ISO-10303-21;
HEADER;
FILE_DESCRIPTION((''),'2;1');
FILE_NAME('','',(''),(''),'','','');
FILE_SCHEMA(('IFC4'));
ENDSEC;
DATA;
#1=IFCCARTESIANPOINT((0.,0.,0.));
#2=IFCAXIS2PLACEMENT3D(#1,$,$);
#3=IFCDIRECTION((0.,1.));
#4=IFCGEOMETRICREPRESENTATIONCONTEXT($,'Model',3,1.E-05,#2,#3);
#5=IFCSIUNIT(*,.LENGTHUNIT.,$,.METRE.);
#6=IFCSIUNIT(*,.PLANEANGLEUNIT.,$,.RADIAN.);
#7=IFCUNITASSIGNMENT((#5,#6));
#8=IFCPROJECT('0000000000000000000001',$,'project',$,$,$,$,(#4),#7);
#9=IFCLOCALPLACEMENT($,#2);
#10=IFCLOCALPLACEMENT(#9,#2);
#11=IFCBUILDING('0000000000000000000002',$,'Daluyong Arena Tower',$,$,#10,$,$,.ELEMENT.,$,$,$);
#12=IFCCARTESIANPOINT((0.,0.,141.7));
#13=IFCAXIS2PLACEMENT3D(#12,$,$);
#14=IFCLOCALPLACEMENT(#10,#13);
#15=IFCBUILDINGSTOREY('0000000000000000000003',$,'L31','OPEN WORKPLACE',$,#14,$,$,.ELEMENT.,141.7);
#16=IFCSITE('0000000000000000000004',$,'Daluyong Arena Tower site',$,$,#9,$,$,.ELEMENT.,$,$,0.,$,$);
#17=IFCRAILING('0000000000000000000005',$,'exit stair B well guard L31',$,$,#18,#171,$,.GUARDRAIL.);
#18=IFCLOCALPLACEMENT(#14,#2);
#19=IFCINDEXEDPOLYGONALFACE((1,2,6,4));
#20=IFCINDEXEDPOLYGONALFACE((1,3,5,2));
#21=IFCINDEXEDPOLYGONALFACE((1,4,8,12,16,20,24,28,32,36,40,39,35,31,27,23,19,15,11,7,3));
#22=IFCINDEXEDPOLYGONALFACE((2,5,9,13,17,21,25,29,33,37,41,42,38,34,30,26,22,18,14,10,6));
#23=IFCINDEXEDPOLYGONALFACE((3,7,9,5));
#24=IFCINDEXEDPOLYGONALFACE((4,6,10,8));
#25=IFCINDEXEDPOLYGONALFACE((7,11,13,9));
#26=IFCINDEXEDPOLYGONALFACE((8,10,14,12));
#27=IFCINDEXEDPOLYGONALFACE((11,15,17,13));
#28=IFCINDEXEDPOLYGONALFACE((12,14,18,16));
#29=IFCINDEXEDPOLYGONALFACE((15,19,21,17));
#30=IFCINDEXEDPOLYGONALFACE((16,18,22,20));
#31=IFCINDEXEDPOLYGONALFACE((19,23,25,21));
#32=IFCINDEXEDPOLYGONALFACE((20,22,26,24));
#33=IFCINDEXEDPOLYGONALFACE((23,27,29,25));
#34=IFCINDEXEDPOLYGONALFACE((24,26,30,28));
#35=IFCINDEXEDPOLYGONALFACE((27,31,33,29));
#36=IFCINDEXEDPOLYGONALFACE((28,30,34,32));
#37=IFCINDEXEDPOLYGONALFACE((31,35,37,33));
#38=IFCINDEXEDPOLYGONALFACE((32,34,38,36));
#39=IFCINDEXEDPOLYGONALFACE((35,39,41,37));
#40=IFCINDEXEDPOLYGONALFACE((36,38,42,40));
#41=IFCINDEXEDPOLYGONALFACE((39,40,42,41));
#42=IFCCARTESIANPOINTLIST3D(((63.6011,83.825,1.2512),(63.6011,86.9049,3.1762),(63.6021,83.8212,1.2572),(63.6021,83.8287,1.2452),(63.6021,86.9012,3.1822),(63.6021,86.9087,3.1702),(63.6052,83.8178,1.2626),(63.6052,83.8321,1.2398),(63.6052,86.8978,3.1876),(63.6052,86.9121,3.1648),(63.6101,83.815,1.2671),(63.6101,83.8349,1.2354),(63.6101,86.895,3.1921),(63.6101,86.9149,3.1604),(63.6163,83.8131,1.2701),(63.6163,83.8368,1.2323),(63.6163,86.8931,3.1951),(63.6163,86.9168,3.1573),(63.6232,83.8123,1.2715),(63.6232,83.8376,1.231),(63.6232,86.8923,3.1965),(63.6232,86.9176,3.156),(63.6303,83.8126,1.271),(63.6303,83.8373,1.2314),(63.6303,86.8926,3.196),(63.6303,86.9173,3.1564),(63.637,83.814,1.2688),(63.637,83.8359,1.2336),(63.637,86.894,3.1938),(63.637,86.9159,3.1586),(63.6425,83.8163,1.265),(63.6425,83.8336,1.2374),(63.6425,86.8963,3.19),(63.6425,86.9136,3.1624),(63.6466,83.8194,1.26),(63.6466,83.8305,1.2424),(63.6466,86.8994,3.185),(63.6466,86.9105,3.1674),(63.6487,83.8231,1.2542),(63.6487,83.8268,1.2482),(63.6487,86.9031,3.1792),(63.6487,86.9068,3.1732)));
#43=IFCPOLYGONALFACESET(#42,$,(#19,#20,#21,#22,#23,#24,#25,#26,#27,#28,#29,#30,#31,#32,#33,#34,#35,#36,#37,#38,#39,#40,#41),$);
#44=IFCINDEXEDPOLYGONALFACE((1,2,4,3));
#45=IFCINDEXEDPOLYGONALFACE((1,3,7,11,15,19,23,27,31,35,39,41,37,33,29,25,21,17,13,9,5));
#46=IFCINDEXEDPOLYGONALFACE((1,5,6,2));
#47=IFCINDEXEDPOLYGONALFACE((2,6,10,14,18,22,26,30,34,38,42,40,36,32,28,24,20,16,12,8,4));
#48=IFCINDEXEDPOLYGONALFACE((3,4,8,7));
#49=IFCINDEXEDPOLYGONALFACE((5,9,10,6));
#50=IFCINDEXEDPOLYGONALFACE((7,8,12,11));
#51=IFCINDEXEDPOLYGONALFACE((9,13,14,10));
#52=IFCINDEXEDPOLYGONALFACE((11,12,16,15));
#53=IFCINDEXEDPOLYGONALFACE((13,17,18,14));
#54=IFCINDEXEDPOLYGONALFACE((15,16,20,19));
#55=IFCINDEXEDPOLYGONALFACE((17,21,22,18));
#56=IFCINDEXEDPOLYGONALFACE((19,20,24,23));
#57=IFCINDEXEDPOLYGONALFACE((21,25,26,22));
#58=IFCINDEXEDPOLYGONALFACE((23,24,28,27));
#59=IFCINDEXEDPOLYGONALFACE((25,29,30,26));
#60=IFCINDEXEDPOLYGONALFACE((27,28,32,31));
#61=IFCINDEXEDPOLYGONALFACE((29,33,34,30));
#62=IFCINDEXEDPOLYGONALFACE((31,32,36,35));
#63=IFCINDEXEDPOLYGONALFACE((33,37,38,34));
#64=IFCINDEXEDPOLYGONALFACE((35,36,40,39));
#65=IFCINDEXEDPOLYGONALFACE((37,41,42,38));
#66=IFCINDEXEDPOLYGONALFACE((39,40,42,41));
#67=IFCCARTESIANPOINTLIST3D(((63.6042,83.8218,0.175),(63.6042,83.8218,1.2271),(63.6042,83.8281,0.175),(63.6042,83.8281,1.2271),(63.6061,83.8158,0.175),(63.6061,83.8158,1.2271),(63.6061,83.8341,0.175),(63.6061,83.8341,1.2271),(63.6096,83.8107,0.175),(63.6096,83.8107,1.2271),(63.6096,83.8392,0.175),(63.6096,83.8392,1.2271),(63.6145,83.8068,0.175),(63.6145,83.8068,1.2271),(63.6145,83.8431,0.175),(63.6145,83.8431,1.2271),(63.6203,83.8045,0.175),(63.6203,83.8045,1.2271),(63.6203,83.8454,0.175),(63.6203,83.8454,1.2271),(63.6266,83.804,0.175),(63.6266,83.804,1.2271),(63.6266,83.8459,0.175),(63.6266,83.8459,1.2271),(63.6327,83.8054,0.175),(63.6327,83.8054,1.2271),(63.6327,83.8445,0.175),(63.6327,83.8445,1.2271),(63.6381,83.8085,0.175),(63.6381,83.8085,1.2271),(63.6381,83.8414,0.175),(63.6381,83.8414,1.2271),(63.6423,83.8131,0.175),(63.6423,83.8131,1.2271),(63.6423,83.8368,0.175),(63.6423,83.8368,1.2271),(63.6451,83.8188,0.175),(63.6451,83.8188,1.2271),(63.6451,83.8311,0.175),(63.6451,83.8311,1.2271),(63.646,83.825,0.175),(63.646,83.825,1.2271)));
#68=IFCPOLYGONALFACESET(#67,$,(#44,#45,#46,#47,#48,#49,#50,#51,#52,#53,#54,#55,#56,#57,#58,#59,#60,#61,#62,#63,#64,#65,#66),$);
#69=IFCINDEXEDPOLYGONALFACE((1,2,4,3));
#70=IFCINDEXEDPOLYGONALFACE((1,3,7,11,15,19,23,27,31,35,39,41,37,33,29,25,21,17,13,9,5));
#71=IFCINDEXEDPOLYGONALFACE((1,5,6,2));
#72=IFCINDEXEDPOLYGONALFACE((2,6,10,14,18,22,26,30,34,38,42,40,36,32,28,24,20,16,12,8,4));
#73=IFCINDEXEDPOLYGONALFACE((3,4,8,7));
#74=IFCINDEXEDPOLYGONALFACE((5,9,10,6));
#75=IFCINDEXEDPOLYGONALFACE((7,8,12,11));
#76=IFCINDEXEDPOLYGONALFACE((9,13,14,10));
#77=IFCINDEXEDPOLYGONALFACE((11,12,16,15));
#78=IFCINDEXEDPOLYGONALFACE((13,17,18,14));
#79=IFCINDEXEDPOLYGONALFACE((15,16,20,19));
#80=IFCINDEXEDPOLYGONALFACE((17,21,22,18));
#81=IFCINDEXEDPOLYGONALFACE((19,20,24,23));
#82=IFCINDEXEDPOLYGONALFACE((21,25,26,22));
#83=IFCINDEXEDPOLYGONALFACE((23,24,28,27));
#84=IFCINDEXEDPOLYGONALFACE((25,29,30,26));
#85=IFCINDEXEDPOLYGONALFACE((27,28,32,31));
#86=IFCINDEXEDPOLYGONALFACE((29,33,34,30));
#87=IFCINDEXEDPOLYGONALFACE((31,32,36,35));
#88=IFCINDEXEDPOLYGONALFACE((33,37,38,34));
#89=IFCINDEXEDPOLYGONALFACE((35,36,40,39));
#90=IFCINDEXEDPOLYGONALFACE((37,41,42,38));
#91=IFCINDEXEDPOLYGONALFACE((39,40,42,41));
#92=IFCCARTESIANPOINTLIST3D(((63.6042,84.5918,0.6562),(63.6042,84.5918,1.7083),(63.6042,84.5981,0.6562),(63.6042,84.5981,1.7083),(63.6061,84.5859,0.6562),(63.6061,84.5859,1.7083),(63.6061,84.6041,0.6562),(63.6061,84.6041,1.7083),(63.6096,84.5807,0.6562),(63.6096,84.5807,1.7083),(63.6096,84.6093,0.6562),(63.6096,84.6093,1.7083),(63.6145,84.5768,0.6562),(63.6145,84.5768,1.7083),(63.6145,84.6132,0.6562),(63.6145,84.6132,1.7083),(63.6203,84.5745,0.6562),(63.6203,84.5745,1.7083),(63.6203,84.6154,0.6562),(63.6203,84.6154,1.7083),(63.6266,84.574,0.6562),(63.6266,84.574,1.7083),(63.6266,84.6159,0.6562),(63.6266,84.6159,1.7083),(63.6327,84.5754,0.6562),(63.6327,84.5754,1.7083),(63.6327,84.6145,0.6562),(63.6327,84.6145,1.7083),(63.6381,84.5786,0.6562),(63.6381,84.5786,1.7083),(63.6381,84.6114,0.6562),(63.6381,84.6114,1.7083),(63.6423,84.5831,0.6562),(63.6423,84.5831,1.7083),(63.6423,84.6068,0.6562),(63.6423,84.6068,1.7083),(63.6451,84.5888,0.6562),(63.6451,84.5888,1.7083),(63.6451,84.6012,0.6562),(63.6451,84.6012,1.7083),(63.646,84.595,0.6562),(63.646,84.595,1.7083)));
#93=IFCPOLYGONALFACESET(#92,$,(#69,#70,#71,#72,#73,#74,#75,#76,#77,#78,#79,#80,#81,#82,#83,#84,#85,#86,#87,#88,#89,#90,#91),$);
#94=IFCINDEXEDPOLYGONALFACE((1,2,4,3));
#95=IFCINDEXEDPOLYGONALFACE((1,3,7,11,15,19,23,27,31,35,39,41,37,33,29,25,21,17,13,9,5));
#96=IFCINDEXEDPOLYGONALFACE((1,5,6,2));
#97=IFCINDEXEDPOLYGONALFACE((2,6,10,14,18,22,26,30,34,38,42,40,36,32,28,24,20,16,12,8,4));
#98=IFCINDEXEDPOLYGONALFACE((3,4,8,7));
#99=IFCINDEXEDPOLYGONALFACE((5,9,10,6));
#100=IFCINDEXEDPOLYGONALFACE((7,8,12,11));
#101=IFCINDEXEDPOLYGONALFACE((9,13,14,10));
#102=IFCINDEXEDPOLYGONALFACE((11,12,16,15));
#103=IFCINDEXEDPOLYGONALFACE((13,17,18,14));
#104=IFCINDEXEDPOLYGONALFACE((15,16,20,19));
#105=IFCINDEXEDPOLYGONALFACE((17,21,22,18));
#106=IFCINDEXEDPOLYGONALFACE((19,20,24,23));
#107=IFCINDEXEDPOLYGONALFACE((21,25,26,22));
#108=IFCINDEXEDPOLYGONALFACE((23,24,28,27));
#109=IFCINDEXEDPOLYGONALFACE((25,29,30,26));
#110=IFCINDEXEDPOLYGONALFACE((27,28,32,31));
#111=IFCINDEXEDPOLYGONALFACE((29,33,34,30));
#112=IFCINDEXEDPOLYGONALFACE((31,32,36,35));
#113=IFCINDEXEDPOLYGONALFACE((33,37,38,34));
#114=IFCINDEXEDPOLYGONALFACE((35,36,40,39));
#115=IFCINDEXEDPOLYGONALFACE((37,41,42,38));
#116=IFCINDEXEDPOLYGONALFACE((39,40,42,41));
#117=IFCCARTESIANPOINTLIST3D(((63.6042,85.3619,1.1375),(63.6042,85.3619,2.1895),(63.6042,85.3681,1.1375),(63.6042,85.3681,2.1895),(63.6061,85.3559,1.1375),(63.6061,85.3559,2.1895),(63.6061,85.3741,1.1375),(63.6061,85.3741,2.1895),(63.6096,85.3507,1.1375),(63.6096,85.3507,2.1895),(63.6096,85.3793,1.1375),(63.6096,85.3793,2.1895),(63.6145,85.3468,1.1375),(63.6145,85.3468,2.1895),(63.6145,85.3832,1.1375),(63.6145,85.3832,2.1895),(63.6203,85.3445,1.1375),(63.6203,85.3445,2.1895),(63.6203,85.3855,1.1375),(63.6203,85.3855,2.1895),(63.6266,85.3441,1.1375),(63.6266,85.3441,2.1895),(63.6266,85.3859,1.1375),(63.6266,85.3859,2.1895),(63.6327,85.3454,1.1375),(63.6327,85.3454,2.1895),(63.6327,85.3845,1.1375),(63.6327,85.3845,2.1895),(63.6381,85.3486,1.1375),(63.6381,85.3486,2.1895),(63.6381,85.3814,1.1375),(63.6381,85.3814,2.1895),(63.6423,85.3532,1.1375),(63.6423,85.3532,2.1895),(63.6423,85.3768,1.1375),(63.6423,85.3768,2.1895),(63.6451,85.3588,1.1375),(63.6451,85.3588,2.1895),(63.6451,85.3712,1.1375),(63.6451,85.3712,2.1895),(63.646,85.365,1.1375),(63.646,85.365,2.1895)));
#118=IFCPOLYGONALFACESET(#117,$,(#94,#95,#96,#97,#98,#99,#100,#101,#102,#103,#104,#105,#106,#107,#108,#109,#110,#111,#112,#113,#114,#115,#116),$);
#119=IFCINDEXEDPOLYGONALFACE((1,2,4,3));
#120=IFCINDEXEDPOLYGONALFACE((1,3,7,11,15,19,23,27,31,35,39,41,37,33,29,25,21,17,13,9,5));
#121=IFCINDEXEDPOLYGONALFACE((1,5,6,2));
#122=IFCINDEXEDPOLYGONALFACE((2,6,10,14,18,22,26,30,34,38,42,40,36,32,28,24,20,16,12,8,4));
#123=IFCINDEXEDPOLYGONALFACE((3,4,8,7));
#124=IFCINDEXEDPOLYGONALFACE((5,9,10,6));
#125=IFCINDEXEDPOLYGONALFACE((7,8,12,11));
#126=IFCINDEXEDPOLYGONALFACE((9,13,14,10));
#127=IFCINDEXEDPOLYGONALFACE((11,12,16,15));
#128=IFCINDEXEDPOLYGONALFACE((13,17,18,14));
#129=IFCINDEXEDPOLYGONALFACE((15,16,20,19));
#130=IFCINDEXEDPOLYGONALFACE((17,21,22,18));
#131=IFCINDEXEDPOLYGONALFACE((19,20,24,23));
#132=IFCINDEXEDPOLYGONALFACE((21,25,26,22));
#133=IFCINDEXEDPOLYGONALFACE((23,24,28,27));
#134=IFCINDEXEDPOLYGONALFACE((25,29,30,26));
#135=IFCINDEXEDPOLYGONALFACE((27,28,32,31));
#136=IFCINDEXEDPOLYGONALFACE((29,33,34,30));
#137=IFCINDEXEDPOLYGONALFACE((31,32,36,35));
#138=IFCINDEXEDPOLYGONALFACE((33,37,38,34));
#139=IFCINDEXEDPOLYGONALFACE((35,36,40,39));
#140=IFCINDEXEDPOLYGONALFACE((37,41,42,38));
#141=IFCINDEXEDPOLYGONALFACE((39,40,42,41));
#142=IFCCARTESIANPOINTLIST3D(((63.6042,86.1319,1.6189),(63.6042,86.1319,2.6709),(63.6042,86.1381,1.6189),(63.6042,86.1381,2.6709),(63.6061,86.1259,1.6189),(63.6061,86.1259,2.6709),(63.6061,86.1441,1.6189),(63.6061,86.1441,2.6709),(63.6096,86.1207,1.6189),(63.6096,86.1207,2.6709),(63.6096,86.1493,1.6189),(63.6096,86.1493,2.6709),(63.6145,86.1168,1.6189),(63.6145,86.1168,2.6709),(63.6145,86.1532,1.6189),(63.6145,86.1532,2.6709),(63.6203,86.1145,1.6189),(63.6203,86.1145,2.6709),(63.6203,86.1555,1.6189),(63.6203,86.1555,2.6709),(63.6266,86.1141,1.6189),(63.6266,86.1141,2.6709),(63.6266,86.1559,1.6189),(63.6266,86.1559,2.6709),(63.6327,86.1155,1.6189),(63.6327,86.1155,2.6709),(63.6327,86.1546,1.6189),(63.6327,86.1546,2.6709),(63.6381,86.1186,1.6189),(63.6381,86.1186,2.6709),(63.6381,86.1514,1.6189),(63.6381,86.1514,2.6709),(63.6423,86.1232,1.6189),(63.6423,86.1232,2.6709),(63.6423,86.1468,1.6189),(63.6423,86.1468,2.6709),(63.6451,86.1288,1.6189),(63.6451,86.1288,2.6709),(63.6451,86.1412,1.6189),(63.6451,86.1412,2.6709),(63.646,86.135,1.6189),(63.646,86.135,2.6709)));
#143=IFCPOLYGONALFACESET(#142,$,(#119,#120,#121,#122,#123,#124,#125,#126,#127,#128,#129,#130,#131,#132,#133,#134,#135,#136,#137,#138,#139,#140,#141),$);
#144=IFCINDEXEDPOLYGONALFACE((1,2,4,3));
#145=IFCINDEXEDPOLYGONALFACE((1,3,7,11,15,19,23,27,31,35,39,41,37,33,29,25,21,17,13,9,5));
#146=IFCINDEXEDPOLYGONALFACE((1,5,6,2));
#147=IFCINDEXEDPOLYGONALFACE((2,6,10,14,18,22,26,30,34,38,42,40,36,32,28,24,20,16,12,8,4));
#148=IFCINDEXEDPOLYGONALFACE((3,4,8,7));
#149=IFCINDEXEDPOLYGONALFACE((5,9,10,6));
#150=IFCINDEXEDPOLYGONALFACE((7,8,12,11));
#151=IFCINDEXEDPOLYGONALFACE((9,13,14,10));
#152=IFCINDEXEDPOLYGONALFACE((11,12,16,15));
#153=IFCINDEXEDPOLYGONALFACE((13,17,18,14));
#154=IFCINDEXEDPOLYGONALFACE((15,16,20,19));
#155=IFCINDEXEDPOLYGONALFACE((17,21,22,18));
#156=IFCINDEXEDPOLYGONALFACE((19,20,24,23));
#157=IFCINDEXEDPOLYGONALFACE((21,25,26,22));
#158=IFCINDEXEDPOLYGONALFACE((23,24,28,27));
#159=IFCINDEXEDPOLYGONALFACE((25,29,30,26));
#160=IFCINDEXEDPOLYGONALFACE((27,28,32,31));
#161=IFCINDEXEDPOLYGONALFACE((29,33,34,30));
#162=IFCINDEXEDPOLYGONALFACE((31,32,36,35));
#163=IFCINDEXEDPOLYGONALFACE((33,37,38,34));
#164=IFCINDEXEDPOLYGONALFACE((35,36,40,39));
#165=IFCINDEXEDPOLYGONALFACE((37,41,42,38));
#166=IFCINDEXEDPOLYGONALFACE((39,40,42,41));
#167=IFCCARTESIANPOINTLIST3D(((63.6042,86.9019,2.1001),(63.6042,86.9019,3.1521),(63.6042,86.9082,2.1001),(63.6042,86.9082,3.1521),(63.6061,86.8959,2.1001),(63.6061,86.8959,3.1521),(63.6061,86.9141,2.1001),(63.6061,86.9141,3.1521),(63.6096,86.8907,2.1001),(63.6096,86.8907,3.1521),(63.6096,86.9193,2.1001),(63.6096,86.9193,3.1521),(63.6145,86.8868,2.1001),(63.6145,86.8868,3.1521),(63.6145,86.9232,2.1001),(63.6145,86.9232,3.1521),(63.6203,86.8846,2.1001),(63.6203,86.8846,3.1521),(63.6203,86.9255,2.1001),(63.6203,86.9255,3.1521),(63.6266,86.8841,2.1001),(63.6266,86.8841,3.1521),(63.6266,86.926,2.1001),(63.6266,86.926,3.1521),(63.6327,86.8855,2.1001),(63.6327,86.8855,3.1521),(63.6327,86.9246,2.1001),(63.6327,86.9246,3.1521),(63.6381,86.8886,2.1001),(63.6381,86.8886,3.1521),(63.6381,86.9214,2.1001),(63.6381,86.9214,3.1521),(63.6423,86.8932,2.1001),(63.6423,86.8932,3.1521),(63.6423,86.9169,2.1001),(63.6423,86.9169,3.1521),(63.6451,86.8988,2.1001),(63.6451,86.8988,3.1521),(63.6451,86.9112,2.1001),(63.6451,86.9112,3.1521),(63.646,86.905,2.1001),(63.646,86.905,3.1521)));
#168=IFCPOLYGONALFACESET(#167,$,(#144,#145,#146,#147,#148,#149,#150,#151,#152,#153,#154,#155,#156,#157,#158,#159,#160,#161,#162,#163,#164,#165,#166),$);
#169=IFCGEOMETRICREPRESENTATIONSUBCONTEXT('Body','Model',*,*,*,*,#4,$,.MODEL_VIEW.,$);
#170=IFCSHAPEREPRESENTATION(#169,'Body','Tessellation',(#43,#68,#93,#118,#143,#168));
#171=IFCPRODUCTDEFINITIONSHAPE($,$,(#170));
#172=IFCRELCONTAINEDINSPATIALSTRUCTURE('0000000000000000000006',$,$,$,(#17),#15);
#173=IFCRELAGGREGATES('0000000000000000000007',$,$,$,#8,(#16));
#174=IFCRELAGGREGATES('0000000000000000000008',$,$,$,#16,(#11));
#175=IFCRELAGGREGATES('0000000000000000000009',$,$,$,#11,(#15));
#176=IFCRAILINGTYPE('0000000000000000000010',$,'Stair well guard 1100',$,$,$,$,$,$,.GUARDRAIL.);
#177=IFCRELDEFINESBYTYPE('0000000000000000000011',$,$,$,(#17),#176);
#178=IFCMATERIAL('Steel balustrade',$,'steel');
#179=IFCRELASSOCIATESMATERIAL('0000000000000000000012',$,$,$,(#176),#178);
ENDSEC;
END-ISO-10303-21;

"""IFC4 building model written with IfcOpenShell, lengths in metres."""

from ifc_helpers import new_model, si_unit, direction, frame, origin, origin_2d, place, context, subcontext, project, spatial, circle, extrude, material, type_object, element, save


model = new_model("IFC4")

# Units and contexts
model_context = context("Model", 3, precision=1e-05, world=origin(), true_north=direction((0.0, 1.0)))
body_context = subcontext(model_context, "Body", "Model", "MODEL_VIEW")
ifc_project = project(units=[si_unit("LENGTHUNIT", "METRE"), si_unit("PLANEANGLEUNIT", "RADIAN")], contexts=[model_context])

# Site, building, storey
site_placement = place(None, origin())
site = spatial("IfcSite", under=ifc_project, at=site_placement, Name="Daluyong Arena Tower site", CompositionType="ELEMENT", RefElevation=0.0)
building_placement = place(site_placement, origin())
building = spatial("IfcBuilding", under=site, at=building_placement, Name="Daluyong Arena Tower", CompositionType="ELEMENT")
storey_placement = place(building_placement, frame((0.0, 0.0, 141.7)))
storey = spatial("IfcBuildingStorey", under=building, at=storey_placement, Name="L31", Description="OPEN WORKPLACE", CompositionType="ELEMENT", Elevation=141.7)

# Railing
ifc_material_1 = material(Name="Steel balustrade", Category="steel")
railing_type_1 = type_object("IfcRailingType", Name="Stair well guard 1100", PredefinedType="GUARDRAIL", material=ifc_material_1)
railing_1_placement = place(storey_placement, frame((63.625, 83.825, 0.175)))
element("IfcRailing", 1, at=railing_1_placement, inside=storey, type_object=railing_type_1, Name="exit stair B well guard L31", PredefinedType="GUARDRAIL", context=body_context, shape_type="SweptSolid", body=[
    extrude(circle(Radius=0.0239, at=origin_2d()), frame((0.0, 0.0, 1.0762), z_axis=(0.0, 0.847998, 0.529999), x_axis=(-1.0, 0.0, 0.0)), (0.0, 0.0, 1.0), 3.6321),
    extrude(circle(Radius=0.021, at=origin_2d()), origin(), (0.0, 0.0, 1.0), 1.052),
    extrude(circle(Radius=0.021, at=origin_2d()), frame((0.0, 0.77, 0.4812)), (0.0, 0.0, 1.0), 1.052),
    extrude(circle(Radius=0.021, at=origin_2d()), frame((0.0, 1.54, 0.9624)), (0.0, 0.0, 1.0), 1.052),
    extrude(circle(Radius=0.021, at=origin_2d()), frame((0.0, 2.3101, 1.4438)), (0.0, 0.0, 1.0), 1.052),
    extrude(circle(Radius=0.021, at=origin_2d()), frame((0.0, 3.0801, 1.925)), (0.0, 0.0, 1.0), 1.052),
])

save(model, "model.ifc")
